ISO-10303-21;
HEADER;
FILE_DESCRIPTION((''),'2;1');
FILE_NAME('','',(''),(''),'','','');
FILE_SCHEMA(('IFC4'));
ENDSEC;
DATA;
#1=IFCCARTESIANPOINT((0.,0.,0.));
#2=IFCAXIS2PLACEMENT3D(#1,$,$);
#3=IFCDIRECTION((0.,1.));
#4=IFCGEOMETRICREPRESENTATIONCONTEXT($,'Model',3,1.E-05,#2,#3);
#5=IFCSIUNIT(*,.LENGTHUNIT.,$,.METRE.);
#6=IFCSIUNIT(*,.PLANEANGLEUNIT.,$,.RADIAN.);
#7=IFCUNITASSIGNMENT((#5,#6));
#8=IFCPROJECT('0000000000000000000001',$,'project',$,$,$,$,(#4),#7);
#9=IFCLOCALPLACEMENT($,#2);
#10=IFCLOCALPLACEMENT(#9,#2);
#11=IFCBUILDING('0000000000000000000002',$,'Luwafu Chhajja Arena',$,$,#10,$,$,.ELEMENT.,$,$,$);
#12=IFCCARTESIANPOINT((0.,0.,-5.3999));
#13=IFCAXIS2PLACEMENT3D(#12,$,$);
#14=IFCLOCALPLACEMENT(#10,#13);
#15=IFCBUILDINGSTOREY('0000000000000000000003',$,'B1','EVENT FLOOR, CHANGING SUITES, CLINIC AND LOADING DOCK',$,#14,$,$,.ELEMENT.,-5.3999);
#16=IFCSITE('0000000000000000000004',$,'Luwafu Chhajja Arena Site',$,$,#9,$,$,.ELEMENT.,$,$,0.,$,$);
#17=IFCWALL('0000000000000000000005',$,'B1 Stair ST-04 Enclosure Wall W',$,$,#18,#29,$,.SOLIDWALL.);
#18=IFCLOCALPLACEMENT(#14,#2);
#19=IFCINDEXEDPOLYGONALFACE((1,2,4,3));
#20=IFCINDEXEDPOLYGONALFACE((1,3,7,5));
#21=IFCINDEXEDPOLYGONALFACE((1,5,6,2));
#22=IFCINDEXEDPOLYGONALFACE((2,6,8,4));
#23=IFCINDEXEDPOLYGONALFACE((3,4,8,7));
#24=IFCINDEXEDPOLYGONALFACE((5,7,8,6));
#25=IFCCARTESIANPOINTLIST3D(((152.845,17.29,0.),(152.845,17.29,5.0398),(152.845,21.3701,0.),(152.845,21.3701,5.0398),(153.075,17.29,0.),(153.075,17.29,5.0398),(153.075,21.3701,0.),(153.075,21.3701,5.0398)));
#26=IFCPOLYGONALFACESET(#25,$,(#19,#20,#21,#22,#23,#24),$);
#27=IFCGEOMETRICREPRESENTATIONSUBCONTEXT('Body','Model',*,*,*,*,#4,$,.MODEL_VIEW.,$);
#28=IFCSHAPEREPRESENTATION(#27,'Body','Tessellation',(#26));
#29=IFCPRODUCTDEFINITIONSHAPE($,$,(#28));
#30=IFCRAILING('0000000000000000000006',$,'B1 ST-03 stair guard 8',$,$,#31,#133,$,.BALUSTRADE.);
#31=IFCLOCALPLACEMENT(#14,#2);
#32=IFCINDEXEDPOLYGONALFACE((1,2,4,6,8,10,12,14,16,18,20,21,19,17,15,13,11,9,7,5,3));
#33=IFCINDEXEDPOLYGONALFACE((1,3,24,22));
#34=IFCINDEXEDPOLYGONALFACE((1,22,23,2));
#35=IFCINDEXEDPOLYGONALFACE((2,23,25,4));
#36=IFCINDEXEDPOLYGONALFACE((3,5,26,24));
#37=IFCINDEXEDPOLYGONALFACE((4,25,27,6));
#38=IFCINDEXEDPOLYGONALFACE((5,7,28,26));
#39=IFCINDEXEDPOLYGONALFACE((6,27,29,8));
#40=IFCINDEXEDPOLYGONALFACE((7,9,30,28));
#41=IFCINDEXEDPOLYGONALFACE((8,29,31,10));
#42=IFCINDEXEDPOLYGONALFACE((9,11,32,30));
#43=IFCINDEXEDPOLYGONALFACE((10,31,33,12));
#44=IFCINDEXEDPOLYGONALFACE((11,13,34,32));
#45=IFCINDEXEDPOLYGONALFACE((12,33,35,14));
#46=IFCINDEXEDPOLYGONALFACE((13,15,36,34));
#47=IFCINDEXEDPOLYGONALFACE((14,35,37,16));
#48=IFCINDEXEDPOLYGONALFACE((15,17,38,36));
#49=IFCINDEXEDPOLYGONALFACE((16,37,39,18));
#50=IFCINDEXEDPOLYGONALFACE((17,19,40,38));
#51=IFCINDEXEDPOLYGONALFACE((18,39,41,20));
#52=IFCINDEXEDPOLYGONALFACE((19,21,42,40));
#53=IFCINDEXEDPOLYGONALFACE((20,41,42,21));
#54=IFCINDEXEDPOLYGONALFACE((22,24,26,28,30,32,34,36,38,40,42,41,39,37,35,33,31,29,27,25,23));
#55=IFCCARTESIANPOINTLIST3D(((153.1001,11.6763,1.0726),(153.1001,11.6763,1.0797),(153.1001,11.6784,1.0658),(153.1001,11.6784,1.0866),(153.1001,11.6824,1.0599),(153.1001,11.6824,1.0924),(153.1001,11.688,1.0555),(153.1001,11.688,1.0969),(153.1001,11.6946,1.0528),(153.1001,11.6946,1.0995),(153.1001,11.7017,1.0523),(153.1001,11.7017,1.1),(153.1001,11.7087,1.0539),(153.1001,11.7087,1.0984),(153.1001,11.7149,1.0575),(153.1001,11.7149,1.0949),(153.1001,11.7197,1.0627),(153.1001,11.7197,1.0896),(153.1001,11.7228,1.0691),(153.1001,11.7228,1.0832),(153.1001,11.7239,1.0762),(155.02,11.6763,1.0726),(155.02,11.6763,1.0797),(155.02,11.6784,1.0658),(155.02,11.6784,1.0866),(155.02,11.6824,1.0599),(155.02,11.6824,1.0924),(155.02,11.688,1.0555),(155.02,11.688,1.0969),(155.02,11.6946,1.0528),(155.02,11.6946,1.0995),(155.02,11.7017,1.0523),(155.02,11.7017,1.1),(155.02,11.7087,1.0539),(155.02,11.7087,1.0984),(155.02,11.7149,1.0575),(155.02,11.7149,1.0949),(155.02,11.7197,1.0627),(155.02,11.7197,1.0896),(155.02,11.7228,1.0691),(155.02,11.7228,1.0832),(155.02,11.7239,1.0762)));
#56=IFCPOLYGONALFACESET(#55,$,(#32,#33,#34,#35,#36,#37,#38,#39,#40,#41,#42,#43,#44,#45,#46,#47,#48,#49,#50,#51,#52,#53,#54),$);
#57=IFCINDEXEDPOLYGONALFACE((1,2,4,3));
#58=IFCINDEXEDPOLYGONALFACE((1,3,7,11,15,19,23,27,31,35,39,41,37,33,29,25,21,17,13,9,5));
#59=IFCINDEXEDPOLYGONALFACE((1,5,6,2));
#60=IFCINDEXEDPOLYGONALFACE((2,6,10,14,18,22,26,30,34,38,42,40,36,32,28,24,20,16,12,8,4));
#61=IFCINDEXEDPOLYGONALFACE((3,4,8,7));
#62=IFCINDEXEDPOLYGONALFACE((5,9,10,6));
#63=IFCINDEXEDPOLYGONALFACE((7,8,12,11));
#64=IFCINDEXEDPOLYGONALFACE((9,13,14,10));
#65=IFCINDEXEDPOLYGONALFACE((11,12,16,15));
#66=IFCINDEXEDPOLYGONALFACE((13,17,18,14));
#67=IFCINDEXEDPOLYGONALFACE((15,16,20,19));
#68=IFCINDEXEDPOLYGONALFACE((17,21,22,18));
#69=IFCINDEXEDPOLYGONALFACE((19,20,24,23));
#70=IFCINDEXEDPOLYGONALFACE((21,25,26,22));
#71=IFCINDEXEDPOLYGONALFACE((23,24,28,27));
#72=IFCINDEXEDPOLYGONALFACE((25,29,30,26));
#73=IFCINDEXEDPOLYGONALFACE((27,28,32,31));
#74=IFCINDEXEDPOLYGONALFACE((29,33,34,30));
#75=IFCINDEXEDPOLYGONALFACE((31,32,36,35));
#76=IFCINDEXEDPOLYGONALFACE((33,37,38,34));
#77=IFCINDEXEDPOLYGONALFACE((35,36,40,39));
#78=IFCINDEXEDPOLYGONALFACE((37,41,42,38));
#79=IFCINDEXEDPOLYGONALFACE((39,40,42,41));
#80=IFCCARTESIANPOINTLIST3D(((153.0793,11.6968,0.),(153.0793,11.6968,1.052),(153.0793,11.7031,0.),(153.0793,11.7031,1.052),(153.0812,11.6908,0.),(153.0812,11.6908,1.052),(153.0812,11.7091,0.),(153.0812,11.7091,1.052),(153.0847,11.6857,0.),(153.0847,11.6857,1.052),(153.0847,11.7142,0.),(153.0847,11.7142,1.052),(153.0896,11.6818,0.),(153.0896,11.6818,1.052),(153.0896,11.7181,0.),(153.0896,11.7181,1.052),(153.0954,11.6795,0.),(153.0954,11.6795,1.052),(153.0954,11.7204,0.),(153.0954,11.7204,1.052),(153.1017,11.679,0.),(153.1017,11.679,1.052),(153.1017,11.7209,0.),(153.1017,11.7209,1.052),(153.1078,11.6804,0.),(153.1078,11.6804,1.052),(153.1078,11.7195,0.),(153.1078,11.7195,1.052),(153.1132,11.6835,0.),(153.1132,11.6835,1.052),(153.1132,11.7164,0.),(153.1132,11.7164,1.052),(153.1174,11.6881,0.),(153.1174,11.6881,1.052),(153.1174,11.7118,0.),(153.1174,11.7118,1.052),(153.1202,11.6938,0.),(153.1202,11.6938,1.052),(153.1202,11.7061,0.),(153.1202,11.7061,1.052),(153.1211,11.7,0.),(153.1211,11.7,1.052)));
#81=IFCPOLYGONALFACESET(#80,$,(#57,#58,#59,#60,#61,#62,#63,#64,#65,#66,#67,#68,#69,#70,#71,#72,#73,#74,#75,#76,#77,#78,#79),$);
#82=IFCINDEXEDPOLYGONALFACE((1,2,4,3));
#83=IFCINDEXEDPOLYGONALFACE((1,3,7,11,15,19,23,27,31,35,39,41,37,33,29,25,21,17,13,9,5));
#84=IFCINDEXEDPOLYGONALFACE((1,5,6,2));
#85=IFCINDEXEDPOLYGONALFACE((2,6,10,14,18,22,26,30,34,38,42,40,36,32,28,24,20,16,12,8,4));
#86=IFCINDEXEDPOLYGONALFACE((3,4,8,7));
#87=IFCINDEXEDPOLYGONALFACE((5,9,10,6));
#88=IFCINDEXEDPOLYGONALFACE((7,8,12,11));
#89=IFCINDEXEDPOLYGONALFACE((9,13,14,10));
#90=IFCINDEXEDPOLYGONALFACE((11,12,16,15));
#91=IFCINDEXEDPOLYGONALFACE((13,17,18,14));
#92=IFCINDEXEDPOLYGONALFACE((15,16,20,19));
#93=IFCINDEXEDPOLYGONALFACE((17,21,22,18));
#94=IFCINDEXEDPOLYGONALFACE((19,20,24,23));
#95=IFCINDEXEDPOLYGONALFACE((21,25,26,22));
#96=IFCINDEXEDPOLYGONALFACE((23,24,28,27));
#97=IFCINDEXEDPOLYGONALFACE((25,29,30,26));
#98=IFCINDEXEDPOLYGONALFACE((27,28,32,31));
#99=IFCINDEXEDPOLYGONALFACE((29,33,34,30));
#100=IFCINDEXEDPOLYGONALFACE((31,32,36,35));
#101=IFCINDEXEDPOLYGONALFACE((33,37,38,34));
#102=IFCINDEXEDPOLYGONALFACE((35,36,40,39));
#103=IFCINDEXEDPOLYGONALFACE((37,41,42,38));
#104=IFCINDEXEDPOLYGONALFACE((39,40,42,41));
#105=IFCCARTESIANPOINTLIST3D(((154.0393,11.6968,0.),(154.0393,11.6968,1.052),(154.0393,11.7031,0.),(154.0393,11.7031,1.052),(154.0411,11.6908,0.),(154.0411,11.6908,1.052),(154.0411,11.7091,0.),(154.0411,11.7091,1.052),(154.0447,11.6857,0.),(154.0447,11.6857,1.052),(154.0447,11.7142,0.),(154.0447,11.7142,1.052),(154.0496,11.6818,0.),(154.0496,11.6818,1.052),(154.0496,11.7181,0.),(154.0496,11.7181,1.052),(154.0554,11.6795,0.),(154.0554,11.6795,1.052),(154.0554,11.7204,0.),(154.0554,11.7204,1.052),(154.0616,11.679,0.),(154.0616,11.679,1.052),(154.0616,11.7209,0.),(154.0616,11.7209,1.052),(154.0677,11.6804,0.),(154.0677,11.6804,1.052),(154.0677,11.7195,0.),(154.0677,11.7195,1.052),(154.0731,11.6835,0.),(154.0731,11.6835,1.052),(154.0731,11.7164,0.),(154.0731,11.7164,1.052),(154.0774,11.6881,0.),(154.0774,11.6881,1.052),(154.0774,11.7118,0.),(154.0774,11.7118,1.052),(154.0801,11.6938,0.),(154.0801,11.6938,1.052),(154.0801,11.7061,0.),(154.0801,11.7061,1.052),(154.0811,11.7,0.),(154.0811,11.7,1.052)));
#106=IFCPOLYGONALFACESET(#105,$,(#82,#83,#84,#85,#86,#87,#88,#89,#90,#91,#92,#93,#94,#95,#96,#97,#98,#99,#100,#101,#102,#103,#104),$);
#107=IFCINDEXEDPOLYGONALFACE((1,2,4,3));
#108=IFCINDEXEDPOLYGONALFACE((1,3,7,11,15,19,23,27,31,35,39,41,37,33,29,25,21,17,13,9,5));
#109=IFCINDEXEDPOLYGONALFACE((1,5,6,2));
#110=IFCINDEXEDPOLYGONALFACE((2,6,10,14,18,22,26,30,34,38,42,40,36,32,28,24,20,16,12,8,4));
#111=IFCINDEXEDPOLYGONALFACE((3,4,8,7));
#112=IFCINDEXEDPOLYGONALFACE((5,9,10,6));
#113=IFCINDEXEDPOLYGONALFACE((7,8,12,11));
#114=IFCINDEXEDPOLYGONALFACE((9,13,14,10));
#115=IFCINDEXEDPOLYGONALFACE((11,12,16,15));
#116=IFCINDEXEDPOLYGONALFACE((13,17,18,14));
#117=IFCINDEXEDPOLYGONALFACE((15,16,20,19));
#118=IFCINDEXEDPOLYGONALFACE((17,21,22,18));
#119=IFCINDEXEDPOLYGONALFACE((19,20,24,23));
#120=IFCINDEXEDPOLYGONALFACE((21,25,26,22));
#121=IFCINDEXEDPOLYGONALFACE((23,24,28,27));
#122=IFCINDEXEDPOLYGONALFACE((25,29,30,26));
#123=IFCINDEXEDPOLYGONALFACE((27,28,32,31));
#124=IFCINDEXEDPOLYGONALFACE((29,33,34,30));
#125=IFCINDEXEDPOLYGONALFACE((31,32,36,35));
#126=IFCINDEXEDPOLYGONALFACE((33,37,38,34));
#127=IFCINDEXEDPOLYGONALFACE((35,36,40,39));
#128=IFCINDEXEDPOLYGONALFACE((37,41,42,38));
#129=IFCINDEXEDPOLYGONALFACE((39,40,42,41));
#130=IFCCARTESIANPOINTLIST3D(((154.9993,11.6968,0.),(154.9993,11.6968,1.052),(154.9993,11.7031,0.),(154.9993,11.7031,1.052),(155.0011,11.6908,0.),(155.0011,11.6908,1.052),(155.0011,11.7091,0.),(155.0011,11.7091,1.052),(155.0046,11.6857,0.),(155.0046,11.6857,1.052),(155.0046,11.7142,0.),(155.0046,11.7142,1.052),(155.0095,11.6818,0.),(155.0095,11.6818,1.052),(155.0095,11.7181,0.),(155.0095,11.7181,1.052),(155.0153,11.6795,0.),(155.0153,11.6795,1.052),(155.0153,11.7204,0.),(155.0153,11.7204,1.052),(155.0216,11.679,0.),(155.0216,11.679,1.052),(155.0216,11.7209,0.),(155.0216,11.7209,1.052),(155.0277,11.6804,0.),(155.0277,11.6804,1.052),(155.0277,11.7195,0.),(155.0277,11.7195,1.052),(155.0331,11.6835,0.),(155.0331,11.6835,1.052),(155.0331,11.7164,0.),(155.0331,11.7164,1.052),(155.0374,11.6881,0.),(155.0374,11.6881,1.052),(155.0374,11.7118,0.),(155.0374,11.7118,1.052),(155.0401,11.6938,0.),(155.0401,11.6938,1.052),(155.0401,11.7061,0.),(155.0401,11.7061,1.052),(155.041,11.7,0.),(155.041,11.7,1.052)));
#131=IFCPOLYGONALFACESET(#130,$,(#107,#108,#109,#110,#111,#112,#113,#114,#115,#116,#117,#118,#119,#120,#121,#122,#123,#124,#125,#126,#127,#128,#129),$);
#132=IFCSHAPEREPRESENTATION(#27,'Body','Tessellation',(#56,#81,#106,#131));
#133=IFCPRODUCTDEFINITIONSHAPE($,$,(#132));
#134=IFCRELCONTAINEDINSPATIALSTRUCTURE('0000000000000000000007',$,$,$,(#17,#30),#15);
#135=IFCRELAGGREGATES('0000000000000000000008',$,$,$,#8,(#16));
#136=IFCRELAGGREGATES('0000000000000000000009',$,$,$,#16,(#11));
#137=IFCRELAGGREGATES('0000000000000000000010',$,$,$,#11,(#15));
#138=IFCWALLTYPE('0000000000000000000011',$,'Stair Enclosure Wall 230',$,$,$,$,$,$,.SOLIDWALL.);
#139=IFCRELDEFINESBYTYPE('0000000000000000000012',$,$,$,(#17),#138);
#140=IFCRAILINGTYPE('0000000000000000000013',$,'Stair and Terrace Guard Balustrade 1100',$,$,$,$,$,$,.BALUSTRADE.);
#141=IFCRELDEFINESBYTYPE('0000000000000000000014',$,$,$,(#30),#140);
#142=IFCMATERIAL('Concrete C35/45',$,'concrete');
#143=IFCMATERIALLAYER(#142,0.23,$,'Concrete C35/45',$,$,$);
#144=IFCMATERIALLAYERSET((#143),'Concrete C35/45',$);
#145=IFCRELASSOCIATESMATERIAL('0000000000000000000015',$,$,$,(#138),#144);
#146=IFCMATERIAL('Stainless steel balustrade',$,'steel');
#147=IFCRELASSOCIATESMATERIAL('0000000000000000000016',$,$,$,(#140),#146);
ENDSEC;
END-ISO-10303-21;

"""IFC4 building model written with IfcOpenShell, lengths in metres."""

from ifc_helpers import new_model, si_unit, direction, frame, frame_2d, origin, origin_2d, place, context, subcontext, project, spatial, rectangle, circle, extrude, material, layer, layer_set, type_object, element, save


model = new_model("IFC4")

# Units and contexts
model_context = context("Model", 3, precision=1e-05, world=origin(), true_north=direction((0.0, 1.0)))
body_context = subcontext(model_context, "Body", "Model", "MODEL_VIEW")
ifc_project = project(units=[si_unit("LENGTHUNIT", "METRE"), si_unit("PLANEANGLEUNIT", "RADIAN")], contexts=[model_context])

# Site, building, storey
site_placement = place(None, origin())
site = spatial("IfcSite", under=ifc_project, at=site_placement, Name="Luwafu Chhajja Arena Site", CompositionType="ELEMENT", RefElevation=0.0)
building_placement = place(site_placement, origin())
building = spatial("IfcBuilding", under=site, at=building_placement, Name="Luwafu Chhajja Arena", CompositionType="ELEMENT")
storey_placement = place(building_placement, frame((0.0, 0.0, -5.3999)))
storey = spatial("IfcBuildingStorey", under=building, at=storey_placement, Name="B1", Description="EVENT FLOOR, CHANGING SUITES, CLINIC AND LOADING DOCK", CompositionType="ELEMENT", Elevation=-5.3999)

# Shared definitions
ifc_material_1 = material(Name="Concrete C35/45", Category="concrete")

# Wall
ifc_layer_1 = layer(ifc_material_1, 0.23, Name="Concrete C35/45")
ifc_layer_set_1 = layer_set([ifc_layer_1], Name="Concrete C35/45")
wall_type_1 = type_object("IfcWallType", Name="Stair Enclosure Wall 230", PredefinedType="SOLIDWALL", material=ifc_layer_set_1)
for number, where, z_axis, x_axis, name in (
    (1, (152.96, 17.29, 0.0), (0.0, 0.0, 1.0), (0.0, 1.0, 0.0), "B1 Stair ST-04 Enclosure Wall W"),
):
    element("IfcWall", number, at=place(storey_placement, frame(where, z_axis=z_axis, x_axis=x_axis)), inside=storey, type_object=wall_type_1, Name=name, PredefinedType="SOLIDWALL", context=body_context, shape_type="SweptSolid", body=[
        extrude(rectangle(XDim=4.0801, YDim=0.23, at=frame_2d((2.04, 0.0))), origin(), (0.0, 0.0, 1.0), 5.0398),
    ])

# Railing
ifc_material_2 = material(Name="Stainless steel balustrade", Category="steel")
railing_type = type_object("IfcRailingType", Name="Stair and Terrace Guard Balustrade 1100", PredefinedType="BALUSTRADE", material=ifc_material_2)
for number, where, name in (
    (2, (153.1001, 11.7, 0.0), "B1 ST-03 stair guard 8"),
):
    element("IfcRailing", number, at=place(storey_placement, frame(where)), inside=storey, type_object=railing_type, Name=name, PredefinedType="BALUSTRADE", context=body_context, shape_type="SweptSolid", body=[
        extrude(circle(Radius=0.0239, at=origin_2d()), frame((0.0, 0.0, 1.0762), z_axis=(1.0, 0.0, 0.0), x_axis=(0.0, 1.0, 0.0)), (0.0, 0.0, 1.0), 1.9199),
        extrude(circle(Radius=0.021, at=origin_2d()), origin(), (0.0, 0.0, 1.0), 1.052),
        extrude(circle(Radius=0.021, at=origin_2d()), frame((0.96, 0.0, 0.0)), (0.0, 0.0, 1.0), 1.052),
        extrude(circle(Radius=0.021, at=origin_2d()), frame((1.9199, 0.0, 0.0)), (0.0, 0.0, 1.0), 1.052),
    ])

save(model, "model.ifc")
